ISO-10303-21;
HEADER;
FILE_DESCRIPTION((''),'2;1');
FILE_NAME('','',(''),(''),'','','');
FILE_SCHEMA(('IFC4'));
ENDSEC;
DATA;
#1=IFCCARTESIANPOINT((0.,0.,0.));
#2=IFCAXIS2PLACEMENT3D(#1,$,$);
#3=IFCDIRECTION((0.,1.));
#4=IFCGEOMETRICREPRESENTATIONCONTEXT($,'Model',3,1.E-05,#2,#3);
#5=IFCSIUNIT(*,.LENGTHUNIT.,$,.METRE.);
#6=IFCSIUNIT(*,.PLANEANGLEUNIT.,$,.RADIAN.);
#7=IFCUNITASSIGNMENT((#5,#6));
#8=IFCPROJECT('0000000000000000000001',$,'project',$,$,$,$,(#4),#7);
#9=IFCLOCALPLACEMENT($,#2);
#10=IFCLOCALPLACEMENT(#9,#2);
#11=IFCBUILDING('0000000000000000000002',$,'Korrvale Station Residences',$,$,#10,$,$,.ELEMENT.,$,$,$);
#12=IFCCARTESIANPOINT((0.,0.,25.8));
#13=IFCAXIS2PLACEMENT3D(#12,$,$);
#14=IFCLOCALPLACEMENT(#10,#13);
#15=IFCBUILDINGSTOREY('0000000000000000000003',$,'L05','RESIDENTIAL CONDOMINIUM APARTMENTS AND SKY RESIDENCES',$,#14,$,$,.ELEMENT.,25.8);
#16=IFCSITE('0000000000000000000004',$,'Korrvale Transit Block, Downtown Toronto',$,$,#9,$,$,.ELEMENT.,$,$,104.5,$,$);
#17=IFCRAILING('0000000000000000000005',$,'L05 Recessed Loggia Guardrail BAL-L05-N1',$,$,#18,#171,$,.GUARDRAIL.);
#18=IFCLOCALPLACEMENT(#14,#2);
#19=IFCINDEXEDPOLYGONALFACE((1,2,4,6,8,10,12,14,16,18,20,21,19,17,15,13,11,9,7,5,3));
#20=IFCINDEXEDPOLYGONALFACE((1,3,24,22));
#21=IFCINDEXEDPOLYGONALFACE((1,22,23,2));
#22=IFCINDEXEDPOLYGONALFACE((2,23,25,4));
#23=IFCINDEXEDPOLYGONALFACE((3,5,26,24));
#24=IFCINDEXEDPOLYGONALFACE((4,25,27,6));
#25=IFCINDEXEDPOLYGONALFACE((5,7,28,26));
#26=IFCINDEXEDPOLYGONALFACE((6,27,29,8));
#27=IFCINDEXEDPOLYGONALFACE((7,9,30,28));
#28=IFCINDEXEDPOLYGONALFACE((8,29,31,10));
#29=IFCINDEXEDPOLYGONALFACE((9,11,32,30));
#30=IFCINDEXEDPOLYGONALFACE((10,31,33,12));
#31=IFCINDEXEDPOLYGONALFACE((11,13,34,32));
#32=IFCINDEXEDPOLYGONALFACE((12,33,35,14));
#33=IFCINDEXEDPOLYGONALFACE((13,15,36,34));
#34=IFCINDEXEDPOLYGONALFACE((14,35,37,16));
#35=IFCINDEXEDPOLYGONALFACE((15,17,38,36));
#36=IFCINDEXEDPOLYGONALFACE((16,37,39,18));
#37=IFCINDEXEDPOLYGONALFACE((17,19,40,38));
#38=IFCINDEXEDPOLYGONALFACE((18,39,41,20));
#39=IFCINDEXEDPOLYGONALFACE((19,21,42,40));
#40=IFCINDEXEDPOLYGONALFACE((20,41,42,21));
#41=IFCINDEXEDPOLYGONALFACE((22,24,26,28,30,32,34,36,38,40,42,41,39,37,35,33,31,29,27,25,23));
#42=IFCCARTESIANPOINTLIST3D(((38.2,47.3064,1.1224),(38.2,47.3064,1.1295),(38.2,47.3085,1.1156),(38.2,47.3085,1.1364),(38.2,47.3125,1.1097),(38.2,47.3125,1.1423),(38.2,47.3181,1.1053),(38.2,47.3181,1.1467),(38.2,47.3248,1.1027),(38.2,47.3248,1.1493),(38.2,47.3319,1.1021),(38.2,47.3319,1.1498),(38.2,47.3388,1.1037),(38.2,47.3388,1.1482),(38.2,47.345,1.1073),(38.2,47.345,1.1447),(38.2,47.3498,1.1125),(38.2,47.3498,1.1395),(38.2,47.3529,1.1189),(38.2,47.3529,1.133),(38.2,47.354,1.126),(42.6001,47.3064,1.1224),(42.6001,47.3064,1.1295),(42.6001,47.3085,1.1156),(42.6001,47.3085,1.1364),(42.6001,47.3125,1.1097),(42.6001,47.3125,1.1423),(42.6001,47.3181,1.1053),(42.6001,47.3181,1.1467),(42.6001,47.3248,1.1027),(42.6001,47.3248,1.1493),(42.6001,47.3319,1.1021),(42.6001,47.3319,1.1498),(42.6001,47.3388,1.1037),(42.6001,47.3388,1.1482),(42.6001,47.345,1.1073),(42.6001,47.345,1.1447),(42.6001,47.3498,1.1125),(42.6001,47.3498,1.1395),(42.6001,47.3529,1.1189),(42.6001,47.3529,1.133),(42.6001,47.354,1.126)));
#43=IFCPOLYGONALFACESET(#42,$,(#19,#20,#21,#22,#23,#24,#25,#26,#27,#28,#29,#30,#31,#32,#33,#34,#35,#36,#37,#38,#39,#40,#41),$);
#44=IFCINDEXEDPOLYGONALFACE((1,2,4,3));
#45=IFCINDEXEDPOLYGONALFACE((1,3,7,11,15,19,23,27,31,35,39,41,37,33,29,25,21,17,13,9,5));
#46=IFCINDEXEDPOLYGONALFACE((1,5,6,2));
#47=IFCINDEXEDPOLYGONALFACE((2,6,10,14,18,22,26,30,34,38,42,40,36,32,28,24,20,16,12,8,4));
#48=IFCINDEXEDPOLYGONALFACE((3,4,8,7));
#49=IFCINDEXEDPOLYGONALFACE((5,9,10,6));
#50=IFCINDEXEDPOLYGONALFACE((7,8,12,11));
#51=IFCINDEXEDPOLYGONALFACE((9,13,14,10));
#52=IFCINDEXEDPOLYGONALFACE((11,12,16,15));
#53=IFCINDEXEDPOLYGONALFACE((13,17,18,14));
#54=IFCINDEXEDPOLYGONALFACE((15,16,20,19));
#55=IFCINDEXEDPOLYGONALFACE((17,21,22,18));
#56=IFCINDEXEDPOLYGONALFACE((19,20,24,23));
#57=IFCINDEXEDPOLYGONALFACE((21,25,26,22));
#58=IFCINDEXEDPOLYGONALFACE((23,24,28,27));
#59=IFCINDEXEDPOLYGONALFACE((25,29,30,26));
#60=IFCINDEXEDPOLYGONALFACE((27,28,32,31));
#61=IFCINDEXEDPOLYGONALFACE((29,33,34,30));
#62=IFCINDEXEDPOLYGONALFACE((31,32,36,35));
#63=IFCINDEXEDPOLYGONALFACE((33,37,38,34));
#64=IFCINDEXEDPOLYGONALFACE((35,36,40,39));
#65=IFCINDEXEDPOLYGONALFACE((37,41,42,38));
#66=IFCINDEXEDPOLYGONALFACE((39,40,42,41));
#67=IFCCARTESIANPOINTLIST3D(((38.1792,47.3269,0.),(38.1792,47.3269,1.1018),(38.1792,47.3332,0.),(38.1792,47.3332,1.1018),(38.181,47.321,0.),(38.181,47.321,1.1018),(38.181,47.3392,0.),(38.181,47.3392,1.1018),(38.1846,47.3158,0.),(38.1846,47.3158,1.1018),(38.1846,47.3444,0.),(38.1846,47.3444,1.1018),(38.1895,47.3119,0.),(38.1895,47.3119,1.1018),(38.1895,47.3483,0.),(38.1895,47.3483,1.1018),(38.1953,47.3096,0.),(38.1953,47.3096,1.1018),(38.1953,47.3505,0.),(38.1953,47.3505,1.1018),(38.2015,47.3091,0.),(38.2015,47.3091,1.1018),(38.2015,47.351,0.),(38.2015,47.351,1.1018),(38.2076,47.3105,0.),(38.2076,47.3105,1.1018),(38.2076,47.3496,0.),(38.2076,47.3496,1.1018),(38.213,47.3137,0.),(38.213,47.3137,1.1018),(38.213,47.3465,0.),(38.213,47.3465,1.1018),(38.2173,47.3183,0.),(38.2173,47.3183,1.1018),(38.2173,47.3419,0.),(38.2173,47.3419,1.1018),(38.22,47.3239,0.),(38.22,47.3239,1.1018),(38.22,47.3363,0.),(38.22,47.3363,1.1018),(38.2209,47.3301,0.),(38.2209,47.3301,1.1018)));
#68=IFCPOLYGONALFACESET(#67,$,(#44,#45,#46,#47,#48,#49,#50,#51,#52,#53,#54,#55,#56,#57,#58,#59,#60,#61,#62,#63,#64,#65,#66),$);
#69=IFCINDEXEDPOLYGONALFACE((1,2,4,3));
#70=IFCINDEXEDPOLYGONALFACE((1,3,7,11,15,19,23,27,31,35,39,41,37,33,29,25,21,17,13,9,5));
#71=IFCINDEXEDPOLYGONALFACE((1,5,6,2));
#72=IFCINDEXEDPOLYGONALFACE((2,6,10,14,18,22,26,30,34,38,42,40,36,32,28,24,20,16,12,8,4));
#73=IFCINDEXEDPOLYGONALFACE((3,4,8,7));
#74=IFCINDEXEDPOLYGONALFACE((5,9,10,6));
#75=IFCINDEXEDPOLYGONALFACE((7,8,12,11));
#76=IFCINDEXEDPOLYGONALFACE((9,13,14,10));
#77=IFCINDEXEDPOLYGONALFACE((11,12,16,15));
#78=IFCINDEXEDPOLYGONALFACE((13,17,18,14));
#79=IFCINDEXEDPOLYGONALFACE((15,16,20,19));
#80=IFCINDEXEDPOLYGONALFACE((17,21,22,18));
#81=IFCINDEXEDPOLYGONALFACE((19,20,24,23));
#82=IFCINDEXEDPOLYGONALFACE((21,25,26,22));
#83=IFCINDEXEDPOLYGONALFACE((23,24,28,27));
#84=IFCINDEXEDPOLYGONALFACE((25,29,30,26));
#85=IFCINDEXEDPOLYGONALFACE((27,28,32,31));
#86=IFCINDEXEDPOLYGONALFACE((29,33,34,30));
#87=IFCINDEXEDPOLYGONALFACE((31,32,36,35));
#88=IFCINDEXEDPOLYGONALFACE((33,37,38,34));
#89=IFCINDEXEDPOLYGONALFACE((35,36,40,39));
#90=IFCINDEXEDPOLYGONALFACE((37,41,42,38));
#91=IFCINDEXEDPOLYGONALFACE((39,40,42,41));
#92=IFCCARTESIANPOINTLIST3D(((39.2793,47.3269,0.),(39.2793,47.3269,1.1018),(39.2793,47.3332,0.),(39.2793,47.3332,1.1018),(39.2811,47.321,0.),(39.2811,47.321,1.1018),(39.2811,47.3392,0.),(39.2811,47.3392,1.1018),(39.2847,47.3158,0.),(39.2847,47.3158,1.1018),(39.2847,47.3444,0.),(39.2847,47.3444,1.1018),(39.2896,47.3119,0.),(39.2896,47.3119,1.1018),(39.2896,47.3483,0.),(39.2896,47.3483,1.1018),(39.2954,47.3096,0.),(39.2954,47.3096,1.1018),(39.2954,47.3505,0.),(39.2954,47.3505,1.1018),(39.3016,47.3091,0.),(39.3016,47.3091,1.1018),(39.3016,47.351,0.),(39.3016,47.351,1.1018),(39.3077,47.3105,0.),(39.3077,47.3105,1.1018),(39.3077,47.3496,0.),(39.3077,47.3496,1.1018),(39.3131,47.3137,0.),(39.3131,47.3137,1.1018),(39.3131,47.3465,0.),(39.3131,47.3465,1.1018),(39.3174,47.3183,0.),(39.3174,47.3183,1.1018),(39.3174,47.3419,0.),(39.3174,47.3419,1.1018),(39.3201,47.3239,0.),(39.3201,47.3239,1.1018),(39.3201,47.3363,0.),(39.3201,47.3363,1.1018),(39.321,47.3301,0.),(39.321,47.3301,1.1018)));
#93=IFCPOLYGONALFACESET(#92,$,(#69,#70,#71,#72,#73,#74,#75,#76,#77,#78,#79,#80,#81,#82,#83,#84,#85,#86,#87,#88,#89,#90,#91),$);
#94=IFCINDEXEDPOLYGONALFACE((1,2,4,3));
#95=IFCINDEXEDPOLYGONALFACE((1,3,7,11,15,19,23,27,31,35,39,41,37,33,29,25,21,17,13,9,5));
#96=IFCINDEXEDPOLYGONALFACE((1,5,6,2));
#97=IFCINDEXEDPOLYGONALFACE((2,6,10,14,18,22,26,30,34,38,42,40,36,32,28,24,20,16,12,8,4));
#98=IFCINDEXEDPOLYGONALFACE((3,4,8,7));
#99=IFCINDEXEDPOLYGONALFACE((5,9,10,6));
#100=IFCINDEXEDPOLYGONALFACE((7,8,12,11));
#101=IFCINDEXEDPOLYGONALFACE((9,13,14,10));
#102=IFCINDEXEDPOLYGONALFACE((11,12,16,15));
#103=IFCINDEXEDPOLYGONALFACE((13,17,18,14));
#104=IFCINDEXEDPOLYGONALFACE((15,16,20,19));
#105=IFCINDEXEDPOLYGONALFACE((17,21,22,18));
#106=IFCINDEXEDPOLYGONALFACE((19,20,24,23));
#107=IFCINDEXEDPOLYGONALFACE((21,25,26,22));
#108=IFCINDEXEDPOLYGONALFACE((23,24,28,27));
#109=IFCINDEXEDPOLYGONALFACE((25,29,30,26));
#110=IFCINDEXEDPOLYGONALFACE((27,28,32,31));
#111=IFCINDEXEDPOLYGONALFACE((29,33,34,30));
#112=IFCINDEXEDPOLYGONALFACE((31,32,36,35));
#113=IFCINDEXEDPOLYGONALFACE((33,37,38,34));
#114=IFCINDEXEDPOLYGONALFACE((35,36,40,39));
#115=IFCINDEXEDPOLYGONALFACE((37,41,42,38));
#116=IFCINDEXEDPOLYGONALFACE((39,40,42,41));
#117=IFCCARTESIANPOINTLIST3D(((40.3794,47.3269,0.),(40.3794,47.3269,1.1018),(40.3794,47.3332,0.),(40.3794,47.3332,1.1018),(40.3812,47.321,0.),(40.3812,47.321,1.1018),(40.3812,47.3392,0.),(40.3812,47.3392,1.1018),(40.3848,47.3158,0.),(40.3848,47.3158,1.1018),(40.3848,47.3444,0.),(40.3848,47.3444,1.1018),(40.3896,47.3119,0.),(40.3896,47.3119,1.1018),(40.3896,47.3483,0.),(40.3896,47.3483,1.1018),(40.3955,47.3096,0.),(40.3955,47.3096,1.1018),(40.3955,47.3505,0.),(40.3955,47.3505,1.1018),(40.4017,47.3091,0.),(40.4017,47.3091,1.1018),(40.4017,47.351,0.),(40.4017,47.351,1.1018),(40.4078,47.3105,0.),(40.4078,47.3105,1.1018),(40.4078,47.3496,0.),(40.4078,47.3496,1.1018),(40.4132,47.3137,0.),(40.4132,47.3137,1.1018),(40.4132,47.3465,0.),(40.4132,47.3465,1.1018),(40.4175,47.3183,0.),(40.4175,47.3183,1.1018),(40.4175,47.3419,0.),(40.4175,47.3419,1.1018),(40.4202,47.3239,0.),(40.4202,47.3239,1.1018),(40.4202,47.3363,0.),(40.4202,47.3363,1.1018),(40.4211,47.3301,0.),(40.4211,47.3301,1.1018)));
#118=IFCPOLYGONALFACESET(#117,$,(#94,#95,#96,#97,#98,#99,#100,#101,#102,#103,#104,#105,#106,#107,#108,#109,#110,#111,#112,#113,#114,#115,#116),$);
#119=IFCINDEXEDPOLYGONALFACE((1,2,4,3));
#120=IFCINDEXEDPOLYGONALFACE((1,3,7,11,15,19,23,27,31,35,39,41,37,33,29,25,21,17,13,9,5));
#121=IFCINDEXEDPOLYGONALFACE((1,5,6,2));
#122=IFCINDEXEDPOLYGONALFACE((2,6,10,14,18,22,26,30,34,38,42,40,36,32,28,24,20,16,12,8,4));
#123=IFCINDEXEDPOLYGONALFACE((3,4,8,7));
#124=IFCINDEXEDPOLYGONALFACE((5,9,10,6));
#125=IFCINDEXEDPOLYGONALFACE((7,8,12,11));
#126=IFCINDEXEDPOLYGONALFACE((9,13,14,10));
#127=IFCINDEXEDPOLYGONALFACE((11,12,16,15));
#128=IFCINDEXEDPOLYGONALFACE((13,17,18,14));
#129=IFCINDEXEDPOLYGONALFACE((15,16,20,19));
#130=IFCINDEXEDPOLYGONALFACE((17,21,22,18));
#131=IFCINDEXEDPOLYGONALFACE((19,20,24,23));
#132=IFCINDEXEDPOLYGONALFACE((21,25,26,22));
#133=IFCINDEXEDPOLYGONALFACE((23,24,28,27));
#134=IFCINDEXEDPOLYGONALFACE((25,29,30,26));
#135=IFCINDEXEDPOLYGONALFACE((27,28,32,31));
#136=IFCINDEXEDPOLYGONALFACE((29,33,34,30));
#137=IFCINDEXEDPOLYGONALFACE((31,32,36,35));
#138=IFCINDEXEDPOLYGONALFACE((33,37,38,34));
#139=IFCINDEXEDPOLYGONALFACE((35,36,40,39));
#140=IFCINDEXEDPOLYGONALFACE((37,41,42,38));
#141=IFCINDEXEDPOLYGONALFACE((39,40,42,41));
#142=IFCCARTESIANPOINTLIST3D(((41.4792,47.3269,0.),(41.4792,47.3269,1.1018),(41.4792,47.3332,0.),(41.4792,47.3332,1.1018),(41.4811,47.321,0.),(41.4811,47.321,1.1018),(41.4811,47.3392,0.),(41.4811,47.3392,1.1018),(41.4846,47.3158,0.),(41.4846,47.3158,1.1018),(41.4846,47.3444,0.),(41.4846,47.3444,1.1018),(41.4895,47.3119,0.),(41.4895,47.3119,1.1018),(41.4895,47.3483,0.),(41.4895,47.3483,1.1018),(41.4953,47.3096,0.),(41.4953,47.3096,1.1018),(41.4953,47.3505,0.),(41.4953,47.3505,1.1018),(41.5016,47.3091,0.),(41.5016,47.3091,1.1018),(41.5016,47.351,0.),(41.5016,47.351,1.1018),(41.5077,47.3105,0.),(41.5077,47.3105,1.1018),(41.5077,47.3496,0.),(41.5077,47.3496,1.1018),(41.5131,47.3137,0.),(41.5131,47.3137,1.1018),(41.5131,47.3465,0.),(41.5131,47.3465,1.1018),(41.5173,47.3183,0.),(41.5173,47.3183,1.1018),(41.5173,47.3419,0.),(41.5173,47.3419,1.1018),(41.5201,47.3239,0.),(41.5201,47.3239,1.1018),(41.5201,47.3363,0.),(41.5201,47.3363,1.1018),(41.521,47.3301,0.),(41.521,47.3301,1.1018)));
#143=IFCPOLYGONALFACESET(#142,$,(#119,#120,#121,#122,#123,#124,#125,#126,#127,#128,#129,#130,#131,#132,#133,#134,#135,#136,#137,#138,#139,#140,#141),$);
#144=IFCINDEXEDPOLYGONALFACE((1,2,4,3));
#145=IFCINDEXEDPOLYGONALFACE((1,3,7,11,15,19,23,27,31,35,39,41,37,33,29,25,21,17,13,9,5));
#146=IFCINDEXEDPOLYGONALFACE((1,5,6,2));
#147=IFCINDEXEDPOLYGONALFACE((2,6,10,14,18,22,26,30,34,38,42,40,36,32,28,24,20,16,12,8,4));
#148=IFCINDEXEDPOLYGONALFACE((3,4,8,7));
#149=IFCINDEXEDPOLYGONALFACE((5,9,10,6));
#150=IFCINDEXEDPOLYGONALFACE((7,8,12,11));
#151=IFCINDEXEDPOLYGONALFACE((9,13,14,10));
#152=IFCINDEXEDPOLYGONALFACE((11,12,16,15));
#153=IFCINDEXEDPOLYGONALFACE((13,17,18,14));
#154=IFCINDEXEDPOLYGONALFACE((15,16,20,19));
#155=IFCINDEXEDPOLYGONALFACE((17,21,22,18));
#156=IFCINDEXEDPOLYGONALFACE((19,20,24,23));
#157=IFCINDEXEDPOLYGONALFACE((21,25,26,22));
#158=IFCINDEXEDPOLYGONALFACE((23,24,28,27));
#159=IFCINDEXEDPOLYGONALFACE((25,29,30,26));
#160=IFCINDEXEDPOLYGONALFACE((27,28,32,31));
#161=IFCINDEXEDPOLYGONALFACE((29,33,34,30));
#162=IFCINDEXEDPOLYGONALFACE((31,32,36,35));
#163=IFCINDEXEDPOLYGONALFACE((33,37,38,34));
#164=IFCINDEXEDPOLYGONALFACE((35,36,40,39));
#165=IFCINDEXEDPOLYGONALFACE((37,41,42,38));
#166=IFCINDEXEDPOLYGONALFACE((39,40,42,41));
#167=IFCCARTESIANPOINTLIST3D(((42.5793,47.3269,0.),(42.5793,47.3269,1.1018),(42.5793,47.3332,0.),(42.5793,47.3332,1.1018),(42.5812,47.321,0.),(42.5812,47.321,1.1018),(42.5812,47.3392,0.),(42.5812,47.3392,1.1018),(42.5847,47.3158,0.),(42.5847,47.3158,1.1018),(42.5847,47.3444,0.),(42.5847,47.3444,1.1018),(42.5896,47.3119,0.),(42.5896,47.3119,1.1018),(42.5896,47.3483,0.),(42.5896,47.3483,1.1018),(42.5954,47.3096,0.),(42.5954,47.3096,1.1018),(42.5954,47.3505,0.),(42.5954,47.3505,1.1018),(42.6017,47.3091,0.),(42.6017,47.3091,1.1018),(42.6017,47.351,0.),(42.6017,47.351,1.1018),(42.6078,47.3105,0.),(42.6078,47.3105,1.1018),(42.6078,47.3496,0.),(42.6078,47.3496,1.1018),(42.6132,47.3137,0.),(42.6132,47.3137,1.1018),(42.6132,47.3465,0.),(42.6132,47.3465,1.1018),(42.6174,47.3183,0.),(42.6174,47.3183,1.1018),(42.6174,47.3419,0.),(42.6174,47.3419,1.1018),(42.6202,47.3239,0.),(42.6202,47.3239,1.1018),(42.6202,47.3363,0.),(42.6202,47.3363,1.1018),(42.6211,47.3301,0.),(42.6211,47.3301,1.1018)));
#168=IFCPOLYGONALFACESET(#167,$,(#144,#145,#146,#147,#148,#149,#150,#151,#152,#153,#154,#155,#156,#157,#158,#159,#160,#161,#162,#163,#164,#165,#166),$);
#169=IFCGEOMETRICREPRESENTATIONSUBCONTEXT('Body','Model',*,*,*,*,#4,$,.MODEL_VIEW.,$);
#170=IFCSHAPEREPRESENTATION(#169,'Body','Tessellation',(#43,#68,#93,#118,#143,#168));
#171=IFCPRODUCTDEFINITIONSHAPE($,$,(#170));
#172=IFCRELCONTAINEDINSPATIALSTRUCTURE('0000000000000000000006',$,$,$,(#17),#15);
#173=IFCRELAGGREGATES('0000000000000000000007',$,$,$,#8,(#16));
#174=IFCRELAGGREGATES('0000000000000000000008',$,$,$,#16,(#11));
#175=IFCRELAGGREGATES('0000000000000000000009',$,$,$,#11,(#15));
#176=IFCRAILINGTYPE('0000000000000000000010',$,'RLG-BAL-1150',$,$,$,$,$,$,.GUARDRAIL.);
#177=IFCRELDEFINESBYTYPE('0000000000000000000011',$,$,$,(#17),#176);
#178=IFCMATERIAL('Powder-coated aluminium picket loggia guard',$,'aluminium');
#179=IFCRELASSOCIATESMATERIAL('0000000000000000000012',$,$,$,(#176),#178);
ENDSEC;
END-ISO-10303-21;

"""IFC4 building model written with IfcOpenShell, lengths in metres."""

from ifc_helpers import new_model, si_unit, direction, frame, origin, origin_2d, place, context, subcontext, project, spatial, circle, extrude, material, type_object, element, save


model = new_model("IFC4")

# Units and contexts
model_context = context("Model", 3, precision=1e-05, world=origin(), true_north=direction((0.0, 1.0)))
body_context = subcontext(model_context, "Body", "Model", "MODEL_VIEW")
ifc_project = project(units=[si_unit("LENGTHUNIT", "METRE"), si_unit("PLANEANGLEUNIT", "RADIAN")], contexts=[model_context])

# Site, building, storey
site_placement = place(None, origin())
site = spatial("IfcSite", under=ifc_project, at=site_placement, Name="Korrvale Transit Block, Downtown Toronto", CompositionType="ELEMENT", RefElevation=104.5)
building_placement = place(site_placement, origin())
building = spatial("IfcBuilding", under=site, at=building_placement, Name="Korrvale Station Residences", CompositionType="ELEMENT")
storey_placement = place(building_placement, frame((0.0, 0.0, 25.8)))
storey = spatial("IfcBuildingStorey", under=building, at=storey_placement, Name="L05", Description="RESIDENTIAL CONDOMINIUM APARTMENTS AND SKY RESIDENCES", CompositionType="ELEMENT", Elevation=25.8)

# Railing
ifc_material_1 = material(Name="Powder-coated aluminium picket loggia guard", Category="aluminium")
railing_type = type_object("IfcRailingType", Name="RLG-BAL-1150", PredefinedType="GUARDRAIL", material=ifc_material_1)
railing_placement = place(storey_placement, frame((38.2, 47.3301, 0.0)))
element("IfcRailing", 1, at=railing_placement, inside=storey, type_object=railing_type, Name="L05 Recessed Loggia Guardrail BAL-L05-N1", PredefinedType="GUARDRAIL", context=body_context, shape_type="SweptSolid", body=[
    extrude(circle(Radius=0.0239, at=origin_2d()), frame((0.0, 0.0, 1.126), z_axis=(1.0, 0.0, 0.0), x_axis=(0.0, 1.0, 0.0)), (0.0, 0.0, 1.0), 4.4001),
    extrude(circle(Radius=0.021, at=origin_2d()), origin(), (0.0, 0.0, 1.0), 1.1018),
    extrude(circle(Radius=0.021, at=origin_2d()), frame((1.1001, 0.0, 0.0)), (0.0, 0.0, 1.0), 1.1018),
    extrude(circle(Radius=0.021, at=origin_2d()), frame((2.2002, 0.0, 0.0)), (0.0, 0.0, 1.0), 1.1018),
    extrude(circle(Radius=0.021, at=origin_2d()), frame((3.3, 0.0, 0.0)), (0.0, 0.0, 1.0), 1.1018),
    extrude(circle(Radius=0.021, at=origin_2d()), frame((4.4001, 0.0, 0.0)), (0.0, 0.0, 1.0), 1.1018),
])

save(model, "model.ifc")
